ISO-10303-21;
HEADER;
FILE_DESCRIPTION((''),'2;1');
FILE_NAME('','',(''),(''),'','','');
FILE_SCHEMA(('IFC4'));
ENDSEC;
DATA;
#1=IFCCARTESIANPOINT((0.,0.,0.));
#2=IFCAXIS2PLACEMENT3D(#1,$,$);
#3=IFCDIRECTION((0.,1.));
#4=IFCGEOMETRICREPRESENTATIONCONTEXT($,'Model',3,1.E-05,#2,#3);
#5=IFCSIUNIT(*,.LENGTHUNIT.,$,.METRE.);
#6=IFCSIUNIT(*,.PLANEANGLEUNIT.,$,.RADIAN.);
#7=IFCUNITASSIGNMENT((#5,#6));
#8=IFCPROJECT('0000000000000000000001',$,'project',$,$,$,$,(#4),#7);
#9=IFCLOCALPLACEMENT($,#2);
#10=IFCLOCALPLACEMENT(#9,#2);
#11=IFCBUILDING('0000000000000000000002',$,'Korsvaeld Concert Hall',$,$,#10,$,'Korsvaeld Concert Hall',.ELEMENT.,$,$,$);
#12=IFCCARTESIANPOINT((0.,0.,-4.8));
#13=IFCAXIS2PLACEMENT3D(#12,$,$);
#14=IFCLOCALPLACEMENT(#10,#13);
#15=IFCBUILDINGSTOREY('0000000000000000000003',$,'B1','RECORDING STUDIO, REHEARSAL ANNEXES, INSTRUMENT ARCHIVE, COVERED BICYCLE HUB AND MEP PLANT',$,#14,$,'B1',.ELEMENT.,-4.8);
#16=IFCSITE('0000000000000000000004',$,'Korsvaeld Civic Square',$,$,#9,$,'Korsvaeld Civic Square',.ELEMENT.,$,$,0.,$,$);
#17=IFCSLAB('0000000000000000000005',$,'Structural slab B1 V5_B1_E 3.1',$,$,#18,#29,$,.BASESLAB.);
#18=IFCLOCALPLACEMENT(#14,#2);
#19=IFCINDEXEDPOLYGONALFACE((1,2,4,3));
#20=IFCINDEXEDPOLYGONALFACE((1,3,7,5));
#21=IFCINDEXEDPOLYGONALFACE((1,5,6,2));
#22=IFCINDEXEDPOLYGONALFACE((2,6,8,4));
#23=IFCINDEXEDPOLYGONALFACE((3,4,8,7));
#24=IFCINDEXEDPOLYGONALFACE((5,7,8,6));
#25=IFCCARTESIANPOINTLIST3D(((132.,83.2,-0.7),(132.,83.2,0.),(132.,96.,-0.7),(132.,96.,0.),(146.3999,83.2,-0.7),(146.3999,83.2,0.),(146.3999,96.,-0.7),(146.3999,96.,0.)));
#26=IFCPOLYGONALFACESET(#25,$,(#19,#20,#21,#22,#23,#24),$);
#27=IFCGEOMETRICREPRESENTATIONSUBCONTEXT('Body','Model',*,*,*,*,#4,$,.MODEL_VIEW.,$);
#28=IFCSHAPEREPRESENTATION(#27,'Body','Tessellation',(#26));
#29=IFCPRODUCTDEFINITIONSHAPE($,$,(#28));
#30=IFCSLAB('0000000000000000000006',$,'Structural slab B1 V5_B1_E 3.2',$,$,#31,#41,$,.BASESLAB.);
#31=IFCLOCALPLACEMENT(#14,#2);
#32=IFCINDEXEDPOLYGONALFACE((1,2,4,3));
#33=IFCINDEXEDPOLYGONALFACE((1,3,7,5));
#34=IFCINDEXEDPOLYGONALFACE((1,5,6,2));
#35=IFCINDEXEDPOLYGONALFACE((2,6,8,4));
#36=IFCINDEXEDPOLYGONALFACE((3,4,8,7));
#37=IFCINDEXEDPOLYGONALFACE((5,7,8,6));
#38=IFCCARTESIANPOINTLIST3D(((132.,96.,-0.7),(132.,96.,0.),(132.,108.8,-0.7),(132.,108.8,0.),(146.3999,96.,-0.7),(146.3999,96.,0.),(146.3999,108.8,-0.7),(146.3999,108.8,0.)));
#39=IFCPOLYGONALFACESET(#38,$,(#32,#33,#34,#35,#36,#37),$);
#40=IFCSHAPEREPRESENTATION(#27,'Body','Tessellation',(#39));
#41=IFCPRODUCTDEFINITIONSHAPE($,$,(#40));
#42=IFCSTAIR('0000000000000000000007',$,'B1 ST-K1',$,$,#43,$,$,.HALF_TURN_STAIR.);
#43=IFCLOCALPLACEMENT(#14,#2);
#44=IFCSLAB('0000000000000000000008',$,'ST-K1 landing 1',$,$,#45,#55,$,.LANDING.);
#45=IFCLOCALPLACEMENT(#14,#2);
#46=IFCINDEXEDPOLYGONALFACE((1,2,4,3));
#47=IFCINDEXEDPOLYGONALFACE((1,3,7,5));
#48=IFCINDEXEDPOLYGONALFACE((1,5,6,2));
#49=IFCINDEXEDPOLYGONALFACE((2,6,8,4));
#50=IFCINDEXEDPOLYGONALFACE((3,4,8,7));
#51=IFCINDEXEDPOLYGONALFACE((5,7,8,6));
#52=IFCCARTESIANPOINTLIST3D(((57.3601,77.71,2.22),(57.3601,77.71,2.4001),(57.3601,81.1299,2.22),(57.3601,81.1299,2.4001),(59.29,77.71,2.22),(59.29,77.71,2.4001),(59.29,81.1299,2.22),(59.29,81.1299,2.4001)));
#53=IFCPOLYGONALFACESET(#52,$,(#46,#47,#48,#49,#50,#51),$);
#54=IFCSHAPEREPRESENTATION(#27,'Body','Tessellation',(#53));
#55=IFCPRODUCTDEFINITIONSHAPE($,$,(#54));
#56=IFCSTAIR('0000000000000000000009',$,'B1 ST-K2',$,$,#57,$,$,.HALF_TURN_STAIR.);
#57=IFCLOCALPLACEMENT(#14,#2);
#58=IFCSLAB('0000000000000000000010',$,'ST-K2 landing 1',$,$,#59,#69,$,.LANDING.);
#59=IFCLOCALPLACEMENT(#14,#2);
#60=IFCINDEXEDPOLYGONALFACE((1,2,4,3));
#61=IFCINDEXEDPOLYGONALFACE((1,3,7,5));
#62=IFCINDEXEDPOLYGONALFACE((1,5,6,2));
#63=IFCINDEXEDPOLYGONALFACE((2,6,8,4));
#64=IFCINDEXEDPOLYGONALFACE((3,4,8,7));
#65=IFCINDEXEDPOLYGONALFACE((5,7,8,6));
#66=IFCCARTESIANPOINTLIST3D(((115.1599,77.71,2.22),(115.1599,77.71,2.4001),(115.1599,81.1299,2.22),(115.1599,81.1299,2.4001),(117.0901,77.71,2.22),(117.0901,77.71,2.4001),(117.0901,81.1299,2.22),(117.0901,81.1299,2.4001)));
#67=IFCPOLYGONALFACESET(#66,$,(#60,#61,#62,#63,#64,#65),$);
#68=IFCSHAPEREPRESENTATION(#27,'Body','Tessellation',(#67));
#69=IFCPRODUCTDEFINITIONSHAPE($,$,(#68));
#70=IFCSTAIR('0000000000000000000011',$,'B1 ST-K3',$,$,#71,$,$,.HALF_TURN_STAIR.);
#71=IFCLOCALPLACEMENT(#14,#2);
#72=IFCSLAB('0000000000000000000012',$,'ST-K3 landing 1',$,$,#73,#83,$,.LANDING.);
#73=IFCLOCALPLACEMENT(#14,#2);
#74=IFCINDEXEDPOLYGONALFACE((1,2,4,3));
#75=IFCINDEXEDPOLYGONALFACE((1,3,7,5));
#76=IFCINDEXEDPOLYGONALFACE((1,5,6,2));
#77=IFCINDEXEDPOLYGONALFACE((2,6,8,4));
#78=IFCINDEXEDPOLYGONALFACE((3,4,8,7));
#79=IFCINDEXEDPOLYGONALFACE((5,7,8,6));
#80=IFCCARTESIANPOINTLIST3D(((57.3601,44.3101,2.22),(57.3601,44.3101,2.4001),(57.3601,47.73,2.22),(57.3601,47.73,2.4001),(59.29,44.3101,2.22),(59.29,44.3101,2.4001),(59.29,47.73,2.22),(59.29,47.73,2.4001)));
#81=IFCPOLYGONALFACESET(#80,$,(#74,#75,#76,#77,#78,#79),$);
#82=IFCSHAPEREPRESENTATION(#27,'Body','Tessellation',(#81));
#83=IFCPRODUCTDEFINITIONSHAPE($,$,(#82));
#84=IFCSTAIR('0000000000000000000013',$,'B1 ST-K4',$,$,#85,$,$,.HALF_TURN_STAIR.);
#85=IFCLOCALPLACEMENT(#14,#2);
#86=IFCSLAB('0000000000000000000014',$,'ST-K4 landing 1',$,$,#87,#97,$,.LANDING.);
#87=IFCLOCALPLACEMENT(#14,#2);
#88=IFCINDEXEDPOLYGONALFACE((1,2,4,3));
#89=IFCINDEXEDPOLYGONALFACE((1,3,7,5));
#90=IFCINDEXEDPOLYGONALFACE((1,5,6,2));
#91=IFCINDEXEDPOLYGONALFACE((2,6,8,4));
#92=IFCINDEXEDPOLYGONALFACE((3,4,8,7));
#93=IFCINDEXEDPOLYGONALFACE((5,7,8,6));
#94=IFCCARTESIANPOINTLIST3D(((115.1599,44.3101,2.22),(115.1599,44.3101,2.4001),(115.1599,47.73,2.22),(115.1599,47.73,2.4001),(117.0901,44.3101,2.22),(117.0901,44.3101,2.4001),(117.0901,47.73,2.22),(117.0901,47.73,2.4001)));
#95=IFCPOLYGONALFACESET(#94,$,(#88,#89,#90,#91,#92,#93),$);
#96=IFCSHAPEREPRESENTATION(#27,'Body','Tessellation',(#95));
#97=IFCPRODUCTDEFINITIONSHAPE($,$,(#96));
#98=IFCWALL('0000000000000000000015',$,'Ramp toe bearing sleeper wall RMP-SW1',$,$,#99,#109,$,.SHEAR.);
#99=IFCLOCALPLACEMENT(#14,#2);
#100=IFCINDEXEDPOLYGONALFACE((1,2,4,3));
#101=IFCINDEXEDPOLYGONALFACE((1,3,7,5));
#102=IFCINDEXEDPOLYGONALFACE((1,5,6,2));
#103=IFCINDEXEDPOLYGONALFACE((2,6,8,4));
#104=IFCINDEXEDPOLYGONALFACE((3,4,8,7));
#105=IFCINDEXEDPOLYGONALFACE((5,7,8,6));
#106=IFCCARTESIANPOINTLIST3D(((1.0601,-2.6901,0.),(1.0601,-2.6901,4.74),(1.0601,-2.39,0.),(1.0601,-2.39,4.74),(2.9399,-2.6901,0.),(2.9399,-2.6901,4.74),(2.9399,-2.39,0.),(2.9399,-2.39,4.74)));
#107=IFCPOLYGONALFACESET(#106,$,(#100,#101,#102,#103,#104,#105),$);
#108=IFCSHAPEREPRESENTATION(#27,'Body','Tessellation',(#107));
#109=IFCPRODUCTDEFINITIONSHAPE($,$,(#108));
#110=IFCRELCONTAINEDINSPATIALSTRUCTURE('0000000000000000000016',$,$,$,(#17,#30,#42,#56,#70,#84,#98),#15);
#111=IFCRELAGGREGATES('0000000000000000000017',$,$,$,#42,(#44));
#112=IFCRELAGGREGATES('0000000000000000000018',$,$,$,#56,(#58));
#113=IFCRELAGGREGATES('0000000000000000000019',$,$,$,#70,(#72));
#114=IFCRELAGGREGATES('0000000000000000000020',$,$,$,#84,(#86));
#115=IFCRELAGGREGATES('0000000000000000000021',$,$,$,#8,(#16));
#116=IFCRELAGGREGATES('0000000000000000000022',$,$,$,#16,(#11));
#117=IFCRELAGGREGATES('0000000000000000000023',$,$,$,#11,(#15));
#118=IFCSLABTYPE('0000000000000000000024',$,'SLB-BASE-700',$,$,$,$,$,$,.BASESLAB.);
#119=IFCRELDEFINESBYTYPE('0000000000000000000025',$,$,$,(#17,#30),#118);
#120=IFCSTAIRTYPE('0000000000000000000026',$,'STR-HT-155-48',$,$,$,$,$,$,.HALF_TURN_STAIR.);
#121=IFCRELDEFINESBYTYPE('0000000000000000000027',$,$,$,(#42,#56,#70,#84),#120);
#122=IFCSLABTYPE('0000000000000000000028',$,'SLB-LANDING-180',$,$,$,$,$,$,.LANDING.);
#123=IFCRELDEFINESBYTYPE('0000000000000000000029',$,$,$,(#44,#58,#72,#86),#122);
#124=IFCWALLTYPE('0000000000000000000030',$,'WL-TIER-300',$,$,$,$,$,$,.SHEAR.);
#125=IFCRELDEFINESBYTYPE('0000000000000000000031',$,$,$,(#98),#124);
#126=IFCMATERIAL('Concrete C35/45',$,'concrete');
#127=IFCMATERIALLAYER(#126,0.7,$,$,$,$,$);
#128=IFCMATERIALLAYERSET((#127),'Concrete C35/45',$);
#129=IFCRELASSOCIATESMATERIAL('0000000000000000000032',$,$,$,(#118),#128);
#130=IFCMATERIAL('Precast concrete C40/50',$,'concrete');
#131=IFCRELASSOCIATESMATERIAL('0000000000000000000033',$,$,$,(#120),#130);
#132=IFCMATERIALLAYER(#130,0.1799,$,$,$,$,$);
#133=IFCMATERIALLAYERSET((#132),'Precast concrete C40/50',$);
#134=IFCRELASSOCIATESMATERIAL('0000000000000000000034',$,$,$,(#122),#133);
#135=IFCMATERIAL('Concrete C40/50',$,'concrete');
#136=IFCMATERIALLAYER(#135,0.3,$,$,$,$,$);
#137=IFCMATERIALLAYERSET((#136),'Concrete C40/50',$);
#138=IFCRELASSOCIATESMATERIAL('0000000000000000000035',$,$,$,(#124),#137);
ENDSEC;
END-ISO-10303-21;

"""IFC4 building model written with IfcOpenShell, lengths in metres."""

from ifc_helpers import new_model, si_unit, direction, frame, frame_2d, origin, place, context, subcontext, project, spatial, polyline, rectangle, outline, extrude, material, layer, layer_set, type_object, element, aggregate, save


model = new_model("IFC4")

# Units and contexts
model_context = context("Model", 3, precision=1e-05, world=origin(), true_north=direction((0.0, 1.0)))
body_context = subcontext(model_context, "Body", "Model", "MODEL_VIEW")
ifc_project = project(units=[si_unit("LENGTHUNIT", "METRE"), si_unit("PLANEANGLEUNIT", "RADIAN")], contexts=[model_context])

# Site, building, storey
site_placement = place(None, origin())
site = spatial("IfcSite", under=ifc_project, at=site_placement, Name="Korsvaeld Civic Square", LongName="Korsvaeld Civic Square", CompositionType="ELEMENT", RefElevation=0.0)
building_placement = place(site_placement, origin())
building = spatial("IfcBuilding", under=site, at=building_placement, Name="Korsvaeld Concert Hall", LongName="Korsvaeld Concert Hall", CompositionType="ELEMENT")
storey_placement = place(building_placement, frame((0.0, 0.0, -4.8)))
storey = spatial("IfcBuildingStorey", under=building, at=storey_placement, Name="B1", Description="RECORDING STUDIO, REHEARSAL ANNEXES, INSTRUMENT ARCHIVE, COVERED BICYCLE HUB AND MEP PLANT", LongName="B1", CompositionType="ELEMENT", Elevation=-4.8)

# Shared definitions
ifc_material_1 = material(Name="Concrete C40/50", Category="concrete")

# Slabs
ifc_material_2 = material(Name="Concrete C35/45", Category="concrete")
ifc_layer_1 = layer(ifc_material_2, 0.7)
ifc_layer_set_1 = layer_set([ifc_layer_1], Name="Concrete C35/45")
slab_type_1 = type_object("IfcSlabType", Name="SLB-BASE-700", PredefinedType="BASESLAB", material=ifc_layer_set_1)
slab_1_placement = place(storey_placement, frame((0.0, 0.0, -0.7)))
element("IfcSlab", 1, at=slab_1_placement, inside=storey, type_object=slab_type_1, Name="Structural slab B1 V5_B1_E 3.1", PredefinedType="BASESLAB", context=body_context, shape_type="SweptSolid", body=[
    extrude(outline(polyline([(146.3999, 83.2), (146.3999, 96.0), (132.0, 96.0), (132.0, 83.2), (146.3999, 83.2)])), origin(), (0.0, 0.0, 1.0), 0.7),
])
slab_2_placement = place(storey_placement, frame((0.0, 0.0, -0.7)))
element("IfcSlab", 2, at=slab_2_placement, inside=storey, type_object=slab_type_1, Name="Structural slab B1 V5_B1_E 3.2", PredefinedType="BASESLAB", context=body_context, shape_type="SweptSolid", body=[
    extrude(outline(polyline([(146.3999, 96.0), (146.3999, 108.8), (132.0, 108.8), (132.0, 96.0), (146.3999, 96.0)])), origin(), (0.0, 0.0, 1.0), 0.7),
])

# Stairs, slabs
ifc_material_3 = material(Name="Precast concrete C40/50", Category="concrete")
stair_type = type_object("IfcStairType", Name="STR-HT-155-48", PredefinedType="HALF_TURN_STAIR", material=ifc_material_3)
stair_1_placement = place(storey_placement, origin())
stair_1 = element("IfcStair", 3, at=stair_1_placement, inside=storey, type_object=stair_type, Name="B1 ST-K1", PredefinedType="HALF_TURN_STAIR")
ifc_layer_2 = layer(ifc_material_3, 0.1799)
ifc_layer_set_2 = layer_set([ifc_layer_2], Name="Precast concrete C40/50")
slab_type_2 = type_object("IfcSlabType", Name="SLB-LANDING-180", PredefinedType="LANDING", material=ifc_layer_set_2)
slab_3_placement = place(storey_placement, frame((0.0, 0.0, 2.22)))
slab_3 = element("IfcSlab", 4, at=slab_3_placement, type_object=slab_type_2, Name="ST-K1 landing 1", PredefinedType="LANDING", context=body_context, shape_type="SweptSolid", body=[
    extrude(outline(polyline([(57.3601, 77.71), (57.3601, 81.1299), (59.29, 81.1299), (59.29, 77.71), (57.3601, 77.71)])), origin(), (0.0, 0.0, 1.0), 0.1802),
])
aggregate(stair_1, [slab_3])
stair_2_placement = place(storey_placement, origin())
stair_2 = element("IfcStair", 5, at=stair_2_placement, inside=storey, type_object=stair_type, Name="B1 ST-K2", PredefinedType="HALF_TURN_STAIR")
slab_4_placement = place(storey_placement, frame((0.0, 0.0, 2.22)))
slab_4 = element("IfcSlab", 6, at=slab_4_placement, type_object=slab_type_2, Name="ST-K2 landing 1", PredefinedType="LANDING", context=body_context, shape_type="SweptSolid", body=[
    extrude(outline(polyline([(115.1599, 77.71), (115.1599, 81.1299), (117.0901, 81.1299), (117.0901, 77.71), (115.1599, 77.71)])), origin(), (0.0, 0.0, 1.0), 0.1802),
])
aggregate(stair_2, [slab_4])
stair_3_placement = place(storey_placement, origin())
stair_3 = element("IfcStair", 7, at=stair_3_placement, inside=storey, type_object=stair_type, Name="B1 ST-K3", PredefinedType="HALF_TURN_STAIR")
slab_5_placement = place(storey_placement, frame((0.0, 0.0, 2.22)))
slab_5 = element("IfcSlab", 8, at=slab_5_placement, type_object=slab_type_2, Name="ST-K3 landing 1", PredefinedType="LANDING", context=body_context, shape_type="SweptSolid", body=[
    extrude(outline(polyline([(57.3601, 44.3101), (57.3601, 47.73), (59.29, 47.73), (59.29, 44.3101), (57.3601, 44.3101)])), origin(), (0.0, 0.0, 1.0), 0.1802),
])
aggregate(stair_3, [slab_5])
stair_4_placement = place(storey_placement, origin())
stair_4 = element("IfcStair", 9, at=stair_4_placement, inside=storey, type_object=stair_type, Name="B1 ST-K4", PredefinedType="HALF_TURN_STAIR")
slab_6_placement = place(storey_placement, frame((0.0, 0.0, 2.22)))
slab_6 = element("IfcSlab", 10, at=slab_6_placement, type_object=slab_type_2, Name="ST-K4 landing 1", PredefinedType="LANDING", context=body_context, shape_type="SweptSolid", body=[
    extrude(outline(polyline([(115.1599, 44.3101), (115.1599, 47.73), (117.0901, 47.73), (117.0901, 44.3101), (115.1599, 44.3101)])), origin(), (0.0, 0.0, 1.0), 0.1802),
])
aggregate(stair_4, [slab_6])

# Wall
ifc_layer_3 = layer(ifc_material_1, 0.3)
ifc_layer_set_3 = layer_set([ifc_layer_3], Name="Concrete C40/50")
wall_type = type_object("IfcWallType", Name="WL-TIER-300", PredefinedType="SHEAR", material=ifc_layer_set_3)
wall_placement = place(storey_placement, frame((1.0601, -2.54, 0.0), z_axis=(0.0, 0.0, 1.0), x_axis=(1.0, 0.0, 0.0)))
element("IfcWall", 11, at=wall_placement, inside=storey, type_object=wall_type, Name="Ramp toe bearing sleeper wall RMP-SW1", PredefinedType="SHEAR", context=body_context, shape_type="SweptSolid", body=[
    extrude(rectangle(XDim=1.8799, YDim=0.3, at=frame_2d((0.9399, 0.0))), origin(), (0.0, 0.0, 1.0), 4.74),
])

save(model, "model.ifc")
